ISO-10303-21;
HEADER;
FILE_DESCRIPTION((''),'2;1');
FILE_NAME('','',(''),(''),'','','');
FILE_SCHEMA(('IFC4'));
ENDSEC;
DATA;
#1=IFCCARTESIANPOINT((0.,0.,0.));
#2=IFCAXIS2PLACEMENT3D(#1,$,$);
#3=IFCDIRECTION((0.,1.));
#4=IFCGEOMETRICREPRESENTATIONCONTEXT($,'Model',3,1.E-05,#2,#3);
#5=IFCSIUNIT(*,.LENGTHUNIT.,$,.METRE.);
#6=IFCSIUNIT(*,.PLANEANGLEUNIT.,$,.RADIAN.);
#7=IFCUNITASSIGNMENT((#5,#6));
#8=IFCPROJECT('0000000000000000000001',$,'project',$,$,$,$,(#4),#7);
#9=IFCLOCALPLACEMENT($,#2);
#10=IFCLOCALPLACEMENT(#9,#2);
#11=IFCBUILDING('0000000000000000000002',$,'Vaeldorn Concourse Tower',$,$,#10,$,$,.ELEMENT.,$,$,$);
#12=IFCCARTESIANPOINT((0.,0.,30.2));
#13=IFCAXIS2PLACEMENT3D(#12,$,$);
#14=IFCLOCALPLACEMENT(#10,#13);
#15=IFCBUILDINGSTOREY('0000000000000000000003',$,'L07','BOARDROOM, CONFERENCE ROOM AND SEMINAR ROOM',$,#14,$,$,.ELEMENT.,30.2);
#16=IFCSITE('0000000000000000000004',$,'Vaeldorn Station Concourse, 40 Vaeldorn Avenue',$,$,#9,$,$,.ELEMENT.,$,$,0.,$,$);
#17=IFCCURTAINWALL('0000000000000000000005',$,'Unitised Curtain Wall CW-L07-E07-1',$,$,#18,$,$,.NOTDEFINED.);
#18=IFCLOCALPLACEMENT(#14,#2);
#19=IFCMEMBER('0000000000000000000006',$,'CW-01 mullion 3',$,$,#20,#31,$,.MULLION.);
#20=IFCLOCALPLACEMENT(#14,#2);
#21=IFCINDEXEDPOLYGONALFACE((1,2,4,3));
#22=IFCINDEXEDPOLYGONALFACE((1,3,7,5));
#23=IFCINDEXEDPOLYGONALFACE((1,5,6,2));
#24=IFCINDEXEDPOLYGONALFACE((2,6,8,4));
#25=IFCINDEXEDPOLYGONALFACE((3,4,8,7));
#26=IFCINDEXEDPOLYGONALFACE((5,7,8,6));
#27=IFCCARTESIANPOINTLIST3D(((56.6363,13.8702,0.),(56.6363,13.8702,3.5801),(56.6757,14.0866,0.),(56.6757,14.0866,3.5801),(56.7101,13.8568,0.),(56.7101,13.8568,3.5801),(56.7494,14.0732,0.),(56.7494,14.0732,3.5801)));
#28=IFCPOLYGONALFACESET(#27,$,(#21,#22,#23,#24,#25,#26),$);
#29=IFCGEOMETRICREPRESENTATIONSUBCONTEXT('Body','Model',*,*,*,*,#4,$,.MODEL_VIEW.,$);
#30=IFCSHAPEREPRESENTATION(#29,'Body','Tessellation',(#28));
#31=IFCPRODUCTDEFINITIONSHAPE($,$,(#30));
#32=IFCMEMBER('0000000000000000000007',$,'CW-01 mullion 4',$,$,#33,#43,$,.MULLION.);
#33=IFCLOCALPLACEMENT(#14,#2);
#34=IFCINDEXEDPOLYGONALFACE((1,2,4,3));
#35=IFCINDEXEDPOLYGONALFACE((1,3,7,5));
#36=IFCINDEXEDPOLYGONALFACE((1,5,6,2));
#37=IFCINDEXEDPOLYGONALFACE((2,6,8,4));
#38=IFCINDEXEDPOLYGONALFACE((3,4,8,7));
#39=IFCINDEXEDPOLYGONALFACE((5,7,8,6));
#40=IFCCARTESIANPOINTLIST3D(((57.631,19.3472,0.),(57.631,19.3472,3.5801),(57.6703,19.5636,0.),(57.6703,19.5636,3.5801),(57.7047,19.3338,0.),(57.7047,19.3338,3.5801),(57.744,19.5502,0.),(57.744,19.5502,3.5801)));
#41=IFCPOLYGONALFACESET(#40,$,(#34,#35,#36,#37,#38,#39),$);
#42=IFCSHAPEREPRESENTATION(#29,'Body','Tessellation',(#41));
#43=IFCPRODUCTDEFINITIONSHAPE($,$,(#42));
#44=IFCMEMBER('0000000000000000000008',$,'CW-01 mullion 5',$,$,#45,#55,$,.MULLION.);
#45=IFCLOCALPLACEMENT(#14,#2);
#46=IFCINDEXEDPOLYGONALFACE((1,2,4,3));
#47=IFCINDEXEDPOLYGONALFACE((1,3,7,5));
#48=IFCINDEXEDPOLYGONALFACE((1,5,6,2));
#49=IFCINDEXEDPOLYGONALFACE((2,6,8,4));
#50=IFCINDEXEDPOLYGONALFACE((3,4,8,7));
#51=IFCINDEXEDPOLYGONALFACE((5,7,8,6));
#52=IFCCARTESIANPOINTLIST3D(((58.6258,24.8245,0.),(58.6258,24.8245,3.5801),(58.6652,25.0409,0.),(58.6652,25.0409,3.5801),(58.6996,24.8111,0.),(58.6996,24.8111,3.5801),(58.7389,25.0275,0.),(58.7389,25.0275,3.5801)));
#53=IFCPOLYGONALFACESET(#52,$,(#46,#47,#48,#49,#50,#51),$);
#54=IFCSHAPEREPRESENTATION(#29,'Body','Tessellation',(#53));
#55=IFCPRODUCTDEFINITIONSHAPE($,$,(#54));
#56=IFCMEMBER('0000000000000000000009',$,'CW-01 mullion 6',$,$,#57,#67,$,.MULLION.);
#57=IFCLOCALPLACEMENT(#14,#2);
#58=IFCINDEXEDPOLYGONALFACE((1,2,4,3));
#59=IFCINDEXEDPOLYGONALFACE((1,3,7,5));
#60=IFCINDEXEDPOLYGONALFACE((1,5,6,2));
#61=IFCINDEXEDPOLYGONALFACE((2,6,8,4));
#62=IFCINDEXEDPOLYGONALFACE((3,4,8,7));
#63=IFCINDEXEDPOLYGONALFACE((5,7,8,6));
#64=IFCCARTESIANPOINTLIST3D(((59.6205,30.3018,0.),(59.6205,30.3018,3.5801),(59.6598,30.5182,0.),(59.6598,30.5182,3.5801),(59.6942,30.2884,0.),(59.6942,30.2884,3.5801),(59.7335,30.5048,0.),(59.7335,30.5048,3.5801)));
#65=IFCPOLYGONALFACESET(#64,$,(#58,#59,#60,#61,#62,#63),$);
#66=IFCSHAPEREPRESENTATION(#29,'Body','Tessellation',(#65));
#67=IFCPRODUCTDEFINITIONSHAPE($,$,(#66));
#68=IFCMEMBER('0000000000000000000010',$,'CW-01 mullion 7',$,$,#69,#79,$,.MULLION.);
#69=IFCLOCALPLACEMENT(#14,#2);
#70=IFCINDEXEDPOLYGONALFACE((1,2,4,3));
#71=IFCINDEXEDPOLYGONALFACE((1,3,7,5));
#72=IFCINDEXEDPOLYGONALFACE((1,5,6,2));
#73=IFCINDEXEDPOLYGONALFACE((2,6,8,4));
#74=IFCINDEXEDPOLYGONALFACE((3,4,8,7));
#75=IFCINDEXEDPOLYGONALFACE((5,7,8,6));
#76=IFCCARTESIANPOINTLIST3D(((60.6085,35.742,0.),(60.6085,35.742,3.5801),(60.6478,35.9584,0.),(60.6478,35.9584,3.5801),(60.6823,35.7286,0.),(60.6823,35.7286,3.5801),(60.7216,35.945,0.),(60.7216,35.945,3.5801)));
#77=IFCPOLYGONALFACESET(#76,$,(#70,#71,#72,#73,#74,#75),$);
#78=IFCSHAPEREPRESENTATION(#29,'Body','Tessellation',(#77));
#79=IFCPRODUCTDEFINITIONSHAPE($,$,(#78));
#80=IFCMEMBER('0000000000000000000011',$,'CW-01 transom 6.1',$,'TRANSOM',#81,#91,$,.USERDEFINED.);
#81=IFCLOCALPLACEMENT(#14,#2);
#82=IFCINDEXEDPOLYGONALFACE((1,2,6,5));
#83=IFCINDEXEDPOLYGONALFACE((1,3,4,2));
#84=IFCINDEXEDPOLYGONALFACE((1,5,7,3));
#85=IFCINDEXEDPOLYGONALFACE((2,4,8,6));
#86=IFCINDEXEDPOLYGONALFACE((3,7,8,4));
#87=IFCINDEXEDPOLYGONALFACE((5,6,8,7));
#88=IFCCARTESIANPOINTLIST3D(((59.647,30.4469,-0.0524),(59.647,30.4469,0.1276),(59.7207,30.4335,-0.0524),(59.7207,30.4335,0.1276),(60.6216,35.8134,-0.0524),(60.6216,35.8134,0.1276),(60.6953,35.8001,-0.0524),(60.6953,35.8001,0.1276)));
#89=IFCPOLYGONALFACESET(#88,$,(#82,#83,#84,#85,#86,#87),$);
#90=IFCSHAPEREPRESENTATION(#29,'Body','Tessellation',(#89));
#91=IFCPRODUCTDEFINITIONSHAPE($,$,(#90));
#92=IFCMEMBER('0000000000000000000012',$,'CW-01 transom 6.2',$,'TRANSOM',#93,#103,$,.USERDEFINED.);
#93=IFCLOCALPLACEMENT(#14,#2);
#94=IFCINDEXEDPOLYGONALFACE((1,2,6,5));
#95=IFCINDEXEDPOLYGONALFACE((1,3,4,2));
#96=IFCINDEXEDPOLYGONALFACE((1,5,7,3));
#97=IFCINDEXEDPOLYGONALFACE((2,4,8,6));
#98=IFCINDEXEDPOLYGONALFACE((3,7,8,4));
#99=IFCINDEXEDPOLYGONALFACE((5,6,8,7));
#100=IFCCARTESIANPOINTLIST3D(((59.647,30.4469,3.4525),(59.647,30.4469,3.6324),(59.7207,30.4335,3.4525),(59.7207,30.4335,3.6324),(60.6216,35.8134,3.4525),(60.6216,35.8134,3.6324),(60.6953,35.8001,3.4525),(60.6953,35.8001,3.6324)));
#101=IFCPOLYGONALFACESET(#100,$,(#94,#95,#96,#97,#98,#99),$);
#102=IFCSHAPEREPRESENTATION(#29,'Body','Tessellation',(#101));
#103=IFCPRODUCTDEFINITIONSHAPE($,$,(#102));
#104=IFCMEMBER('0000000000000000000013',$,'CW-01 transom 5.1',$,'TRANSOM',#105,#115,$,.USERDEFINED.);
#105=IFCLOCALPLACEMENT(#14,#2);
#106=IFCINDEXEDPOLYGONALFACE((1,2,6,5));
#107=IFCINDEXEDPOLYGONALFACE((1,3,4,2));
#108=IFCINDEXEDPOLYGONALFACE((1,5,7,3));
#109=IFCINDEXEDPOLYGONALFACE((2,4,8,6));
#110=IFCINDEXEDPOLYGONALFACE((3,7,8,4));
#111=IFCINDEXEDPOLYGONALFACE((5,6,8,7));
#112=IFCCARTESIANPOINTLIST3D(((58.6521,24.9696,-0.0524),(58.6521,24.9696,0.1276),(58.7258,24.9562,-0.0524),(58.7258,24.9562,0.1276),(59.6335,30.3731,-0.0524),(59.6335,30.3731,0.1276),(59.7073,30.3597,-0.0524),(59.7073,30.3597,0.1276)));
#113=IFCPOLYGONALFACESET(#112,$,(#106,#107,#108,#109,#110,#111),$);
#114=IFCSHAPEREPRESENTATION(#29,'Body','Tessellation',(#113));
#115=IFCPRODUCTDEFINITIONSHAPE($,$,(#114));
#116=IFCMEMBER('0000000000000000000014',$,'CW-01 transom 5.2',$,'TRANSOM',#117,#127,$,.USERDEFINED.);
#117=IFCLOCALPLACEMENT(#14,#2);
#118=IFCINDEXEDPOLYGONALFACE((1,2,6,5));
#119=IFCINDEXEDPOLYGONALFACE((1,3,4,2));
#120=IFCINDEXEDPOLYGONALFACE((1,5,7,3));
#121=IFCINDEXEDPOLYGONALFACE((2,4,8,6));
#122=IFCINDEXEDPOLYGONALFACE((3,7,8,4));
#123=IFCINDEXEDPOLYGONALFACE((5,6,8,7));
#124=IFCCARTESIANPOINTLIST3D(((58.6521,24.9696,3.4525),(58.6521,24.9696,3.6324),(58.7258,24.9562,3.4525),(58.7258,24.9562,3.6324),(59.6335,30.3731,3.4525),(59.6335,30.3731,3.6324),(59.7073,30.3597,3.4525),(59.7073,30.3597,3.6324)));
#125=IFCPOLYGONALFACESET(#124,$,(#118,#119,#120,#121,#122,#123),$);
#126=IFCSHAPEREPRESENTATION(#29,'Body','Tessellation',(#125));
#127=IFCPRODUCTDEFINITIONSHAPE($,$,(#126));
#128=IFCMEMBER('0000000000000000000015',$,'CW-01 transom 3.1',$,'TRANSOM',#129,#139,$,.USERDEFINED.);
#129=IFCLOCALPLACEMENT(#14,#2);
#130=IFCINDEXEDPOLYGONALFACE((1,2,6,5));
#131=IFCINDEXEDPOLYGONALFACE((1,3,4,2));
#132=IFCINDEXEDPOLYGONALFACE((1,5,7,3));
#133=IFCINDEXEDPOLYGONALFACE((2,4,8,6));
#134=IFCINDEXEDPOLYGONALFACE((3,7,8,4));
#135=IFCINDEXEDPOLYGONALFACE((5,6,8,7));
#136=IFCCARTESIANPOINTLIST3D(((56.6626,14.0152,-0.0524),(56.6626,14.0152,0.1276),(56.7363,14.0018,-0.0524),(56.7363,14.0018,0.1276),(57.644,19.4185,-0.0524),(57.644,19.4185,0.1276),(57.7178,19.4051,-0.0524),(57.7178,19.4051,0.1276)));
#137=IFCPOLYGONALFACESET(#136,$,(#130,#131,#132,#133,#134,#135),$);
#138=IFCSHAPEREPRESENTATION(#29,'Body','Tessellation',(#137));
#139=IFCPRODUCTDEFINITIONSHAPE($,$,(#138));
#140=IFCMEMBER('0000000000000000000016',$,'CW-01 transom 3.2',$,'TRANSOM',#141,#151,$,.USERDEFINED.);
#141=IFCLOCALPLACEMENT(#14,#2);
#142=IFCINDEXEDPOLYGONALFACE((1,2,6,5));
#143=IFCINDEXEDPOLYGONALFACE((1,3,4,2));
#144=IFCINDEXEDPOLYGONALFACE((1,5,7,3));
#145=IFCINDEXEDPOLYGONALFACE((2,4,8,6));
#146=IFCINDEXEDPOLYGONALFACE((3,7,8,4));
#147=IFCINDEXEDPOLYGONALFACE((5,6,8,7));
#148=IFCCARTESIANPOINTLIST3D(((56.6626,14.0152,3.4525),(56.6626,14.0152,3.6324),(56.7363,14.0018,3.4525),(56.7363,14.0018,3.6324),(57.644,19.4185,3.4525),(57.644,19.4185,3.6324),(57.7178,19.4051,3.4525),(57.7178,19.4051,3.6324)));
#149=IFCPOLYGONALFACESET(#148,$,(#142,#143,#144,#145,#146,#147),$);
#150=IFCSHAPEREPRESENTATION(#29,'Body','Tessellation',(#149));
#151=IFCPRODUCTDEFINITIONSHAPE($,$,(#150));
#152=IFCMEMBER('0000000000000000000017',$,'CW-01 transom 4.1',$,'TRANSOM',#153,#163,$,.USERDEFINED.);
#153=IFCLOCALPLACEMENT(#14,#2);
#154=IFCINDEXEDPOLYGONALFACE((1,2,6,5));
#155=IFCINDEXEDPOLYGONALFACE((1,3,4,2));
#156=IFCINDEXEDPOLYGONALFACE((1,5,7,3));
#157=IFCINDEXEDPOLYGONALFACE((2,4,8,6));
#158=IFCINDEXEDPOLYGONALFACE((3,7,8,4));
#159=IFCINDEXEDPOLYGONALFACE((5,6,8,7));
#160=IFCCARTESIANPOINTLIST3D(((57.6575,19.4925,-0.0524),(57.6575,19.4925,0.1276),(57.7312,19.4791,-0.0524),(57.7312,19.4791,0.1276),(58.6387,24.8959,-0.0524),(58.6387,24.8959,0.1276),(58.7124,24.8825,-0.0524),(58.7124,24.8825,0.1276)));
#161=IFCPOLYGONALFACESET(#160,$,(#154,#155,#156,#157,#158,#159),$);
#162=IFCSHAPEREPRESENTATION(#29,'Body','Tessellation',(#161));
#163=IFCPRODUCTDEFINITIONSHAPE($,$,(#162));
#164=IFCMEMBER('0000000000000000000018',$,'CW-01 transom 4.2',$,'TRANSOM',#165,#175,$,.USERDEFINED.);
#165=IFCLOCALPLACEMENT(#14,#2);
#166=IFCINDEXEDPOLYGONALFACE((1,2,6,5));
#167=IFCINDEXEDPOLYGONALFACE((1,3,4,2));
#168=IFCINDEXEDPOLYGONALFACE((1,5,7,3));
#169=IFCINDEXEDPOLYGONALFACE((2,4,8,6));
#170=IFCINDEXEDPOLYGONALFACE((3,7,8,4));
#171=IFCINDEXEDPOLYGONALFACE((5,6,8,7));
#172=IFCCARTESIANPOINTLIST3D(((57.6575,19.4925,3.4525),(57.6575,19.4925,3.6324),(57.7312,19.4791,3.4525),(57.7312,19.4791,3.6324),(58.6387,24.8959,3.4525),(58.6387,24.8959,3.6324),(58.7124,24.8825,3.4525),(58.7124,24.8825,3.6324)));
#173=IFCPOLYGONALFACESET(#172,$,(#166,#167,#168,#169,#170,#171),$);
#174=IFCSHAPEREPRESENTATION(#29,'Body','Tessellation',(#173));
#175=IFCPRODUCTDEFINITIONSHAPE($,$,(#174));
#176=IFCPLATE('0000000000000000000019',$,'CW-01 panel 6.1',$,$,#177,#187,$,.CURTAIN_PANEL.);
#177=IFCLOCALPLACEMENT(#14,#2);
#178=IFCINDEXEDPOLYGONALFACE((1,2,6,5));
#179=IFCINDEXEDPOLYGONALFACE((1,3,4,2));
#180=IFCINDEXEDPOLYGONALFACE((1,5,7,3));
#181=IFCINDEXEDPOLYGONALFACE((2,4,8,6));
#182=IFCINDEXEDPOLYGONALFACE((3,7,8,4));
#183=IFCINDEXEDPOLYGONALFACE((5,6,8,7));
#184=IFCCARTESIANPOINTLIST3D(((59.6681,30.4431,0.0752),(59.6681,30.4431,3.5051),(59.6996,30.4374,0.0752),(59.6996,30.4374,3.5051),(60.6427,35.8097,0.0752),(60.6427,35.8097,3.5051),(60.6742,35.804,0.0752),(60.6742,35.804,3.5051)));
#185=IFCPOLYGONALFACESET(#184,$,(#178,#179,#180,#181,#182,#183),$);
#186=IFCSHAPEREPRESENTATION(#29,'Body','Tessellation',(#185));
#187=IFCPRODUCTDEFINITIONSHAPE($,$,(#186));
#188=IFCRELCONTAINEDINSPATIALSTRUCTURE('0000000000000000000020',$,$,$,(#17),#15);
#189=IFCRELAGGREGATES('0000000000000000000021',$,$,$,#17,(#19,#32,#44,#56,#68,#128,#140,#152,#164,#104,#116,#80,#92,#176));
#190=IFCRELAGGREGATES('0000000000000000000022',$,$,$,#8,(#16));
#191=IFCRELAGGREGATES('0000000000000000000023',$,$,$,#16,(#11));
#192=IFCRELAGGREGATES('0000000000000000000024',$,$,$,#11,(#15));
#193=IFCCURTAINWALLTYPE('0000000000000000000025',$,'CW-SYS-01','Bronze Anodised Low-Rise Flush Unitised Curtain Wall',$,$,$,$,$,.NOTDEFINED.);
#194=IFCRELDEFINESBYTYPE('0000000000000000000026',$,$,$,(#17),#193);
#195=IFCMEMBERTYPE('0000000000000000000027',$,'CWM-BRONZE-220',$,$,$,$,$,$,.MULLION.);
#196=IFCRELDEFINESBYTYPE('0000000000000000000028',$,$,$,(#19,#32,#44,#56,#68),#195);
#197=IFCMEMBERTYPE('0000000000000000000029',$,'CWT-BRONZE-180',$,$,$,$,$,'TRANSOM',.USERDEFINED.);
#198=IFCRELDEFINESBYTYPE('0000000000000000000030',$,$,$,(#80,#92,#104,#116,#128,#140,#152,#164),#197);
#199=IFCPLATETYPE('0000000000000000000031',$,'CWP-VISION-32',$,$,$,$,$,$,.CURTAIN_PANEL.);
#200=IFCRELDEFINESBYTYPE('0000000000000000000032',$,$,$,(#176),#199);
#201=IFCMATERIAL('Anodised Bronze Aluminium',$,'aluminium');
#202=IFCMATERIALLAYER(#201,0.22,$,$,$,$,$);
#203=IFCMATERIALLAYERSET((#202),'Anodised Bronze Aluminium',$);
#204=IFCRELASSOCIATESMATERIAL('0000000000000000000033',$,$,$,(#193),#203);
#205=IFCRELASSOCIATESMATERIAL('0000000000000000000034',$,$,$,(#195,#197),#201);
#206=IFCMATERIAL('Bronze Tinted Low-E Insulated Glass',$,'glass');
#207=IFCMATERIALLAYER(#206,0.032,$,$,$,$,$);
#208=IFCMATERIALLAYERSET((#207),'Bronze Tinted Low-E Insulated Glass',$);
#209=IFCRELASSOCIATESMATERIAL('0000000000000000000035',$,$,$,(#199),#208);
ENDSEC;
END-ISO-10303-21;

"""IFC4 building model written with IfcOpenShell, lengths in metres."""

from ifc_helpers import new_model, si_unit, direction, frame, origin, origin_2d, place, context, subcontext, project, spatial, rectangle, extrude, source, transform, mapped, material, layer, layer_set, material_profile, profile_set, type_object, element, aggregate, save


model = new_model("IFC4")

# Units and contexts
model_context = context("Model", 3, precision=1e-05, world=origin(), true_north=direction((0.0, 1.0)))
body_context = subcontext(model_context, "Body", "Model", "MODEL_VIEW")
ifc_project = project(units=[si_unit("LENGTHUNIT", "METRE"), si_unit("PLANEANGLEUNIT", "RADIAN")], contexts=[model_context])

# Site, building, storey
site_placement = place(None, origin())
site = spatial("IfcSite", under=ifc_project, at=site_placement, Name="Vaeldorn Station Concourse, 40 Vaeldorn Avenue", CompositionType="ELEMENT", RefElevation=0.0)
building_placement = place(site_placement, origin())
building = spatial("IfcBuilding", under=site, at=building_placement, Name="Vaeldorn Concourse Tower", CompositionType="ELEMENT")
storey_placement = place(building_placement, frame((0.0, 0.0, 30.2)))
storey = spatial("IfcBuildingStorey", under=building, at=storey_placement, Name="L07", Description="BOARDROOM, CONFERENCE ROOM AND SEMINAR ROOM", CompositionType="ELEMENT", Elevation=30.2)

# Curtain wall, members, plate
ifc_material_1 = material(Name="Anodised Bronze Aluminium", Category="aluminium")
ifc_layer_1 = layer(ifc_material_1, 0.22)
ifc_layer_set_1 = layer_set([ifc_layer_1], Name="Anodised Bronze Aluminium")
curtain_wall_type = type_object("IfcCurtainWallType", Name="CW-SYS-01", Description="Bronze Anodised Low-Rise Flush Unitised Curtain Wall", PredefinedType="NOTDEFINED", material=ifc_layer_set_1)
curtain_wall_placement = place(storey_placement, origin())
curtain_wall = element("IfcCurtainWall", 1, at=curtain_wall_placement, inside=storey, type_object=curtain_wall_type, Name="Unitised Curtain Wall CW-L07-E07-1", PredefinedType="NOTDEFINED")
ifc_material_profile_1 = material_profile(ifc_material_1, rectangle(XDim=0.075, YDim=0.22, at=origin_2d()), Name="CWM 75x220")
ifc_profile_set_1 = profile_set([ifc_material_profile_1], Name="Anodised Bronze Aluminium")
member_type_1 = type_object("IfcMemberType", Name="CWM-BRONZE-220", PredefinedType="MULLION", material=ifc_profile_set_1)
shared_shape_1 = source(origin(), body_context, "Body", "SweptSolid", [
    extrude(rectangle(XDim=0.075, YDim=0.22, at=origin_2d()), origin(), (0.0, 0.0, 1.0), 3.5801),
])
member_1_placement = place(storey_placement, frame((56.6929, 13.9717, 0.0), z_axis=(0.0, 0.0, 1.0), x_axis=(-0.983905, 0.178693, 0.0)))
member_1 = element("IfcMember", 2, at=member_1_placement, type_object=member_type_1, Name="CW-01 mullion 3", PredefinedType="MULLION", context=body_context, shape_type="MappedRepresentation", body=[
    mapped(shared_shape_1, transform((0.0, 0.0, 0.0), scale=1.0)),
])
member_2_placement = place(storey_placement, frame((57.6875, 19.4487, 0.0), z_axis=(0.0, 0.0, 1.0), x_axis=(-0.983905, 0.178693, 0.0)))
member_2 = element("IfcMember", 3, at=member_2_placement, type_object=member_type_1, Name="CW-01 mullion 4", PredefinedType="MULLION", context=body_context, shape_type="MappedRepresentation", body=[
    mapped(shared_shape_1, transform((0.0, 0.0, 0.0), scale=1.0)),
])
member_3_placement = place(storey_placement, frame((58.6824, 24.926, 0.0), z_axis=(0.0, 0.0, 1.0), x_axis=(-0.983905, 0.178693, 0.0)))
member_3 = element("IfcMember", 4, at=member_3_placement, type_object=member_type_1, Name="CW-01 mullion 5", PredefinedType="MULLION", context=body_context, shape_type="MappedRepresentation", body=[
    mapped(shared_shape_1, transform((0.0, 0.0, 0.0), scale=1.0)),
])
member_4_placement = place(storey_placement, frame((59.677, 30.4033, 0.0), z_axis=(0.0, 0.0, 1.0), x_axis=(-0.983905, 0.178693, 0.0)))
member_4 = element("IfcMember", 5, at=member_4_placement, type_object=member_type_1, Name="CW-01 mullion 6", PredefinedType="MULLION", context=body_context, shape_type="MappedRepresentation", body=[
    mapped(shared_shape_1, transform((0.0, 0.0, 0.0), scale=1.0)),
])
member_5_placement = place(storey_placement, frame((60.665, 35.8435, 0.0), z_axis=(0.0, 0.0, 1.0), x_axis=(-0.983905, 0.178693, 0.0)))
member_5 = element("IfcMember", 6, at=member_5_placement, type_object=member_type_1, Name="CW-01 mullion 7", PredefinedType="MULLION", context=body_context, shape_type="MappedRepresentation", body=[
    mapped(shared_shape_1, transform((0.0, 0.0, 0.0), scale=1.0)),
])
ifc_material_profile_2 = material_profile(ifc_material_1, rectangle(XDim=0.075, YDim=0.1799, at=origin_2d()), Name="CWT 75x180")
ifc_profile_set_2 = profile_set([ifc_material_profile_2], Name="Anodised Bronze Aluminium")
member_type_2 = type_object("IfcMemberType", Name="CWT-BRONZE-180", ElementType="TRANSOM", PredefinedType="USERDEFINED", material=ifc_profile_set_2)
shared_shape_2 = source(origin(), body_context, "Body", "SweptSolid", [
    extrude(rectangle(XDim=0.075, YDim=0.1799, at=origin_2d()), origin(), (0.0, 0.0, 1.0), 5.4543),
])
member_6_placement = place(storey_placement, frame((59.6838, 30.4402, 0.0376), z_axis=(0.178688, 0.983906, 0.0), x_axis=(-0.983906, 0.178688, 0.0)))
member_6 = element("IfcMember", 7, at=member_6_placement, type_object=member_type_2, Name="CW-01 transom 6.1", ObjectType="TRANSOM", PredefinedType="USERDEFINED", context=body_context, shape_type="MappedRepresentation", body=[
    mapped(shared_shape_2, transform((0.0, 0.0, 0.0), scale=1.0)),
])
member_7_placement = place(storey_placement, frame((59.6838, 30.4402, 3.5425), z_axis=(0.178688, 0.983906, 0.0), x_axis=(-0.983906, 0.178688, 0.0)))
member_7 = element("IfcMember", 8, at=member_7_placement, type_object=member_type_2, Name="CW-01 transom 6.2", ObjectType="TRANSOM", PredefinedType="USERDEFINED", context=body_context, shape_type="MappedRepresentation", body=[
    mapped(shared_shape_2, transform((0.0, 0.0, 0.0), scale=1.0)),
])
shared_shape_3 = source(origin(), body_context, "Body", "SweptSolid", [
    extrude(rectangle(XDim=0.075, YDim=0.1799, at=origin_2d()), origin(), (0.0, 0.0, 1.0), 5.4919),
])
member_8_placement = place(storey_placement, frame((58.689, 24.9629, 0.0376), z_axis=(0.178705, 0.983903, 0.0), x_axis=(-0.983903, 0.178705, 0.0)))
member_8 = element("IfcMember", 9, at=member_8_placement, type_object=member_type_2, Name="CW-01 transom 5.1", ObjectType="TRANSOM", PredefinedType="USERDEFINED", context=body_context, shape_type="MappedRepresentation", body=[
    mapped(shared_shape_3, transform((0.0, 0.0, 0.0), scale=1.0)),
])
member_9_placement = place(storey_placement, frame((58.689, 24.9629, 3.5425), z_axis=(0.178705, 0.983903, 0.0), x_axis=(-0.983903, 0.178705, 0.0)))
member_9 = element("IfcMember", 10, at=member_9_placement, type_object=member_type_2, Name="CW-01 transom 5.2", ObjectType="TRANSOM", PredefinedType="USERDEFINED", context=body_context, shape_type="MappedRepresentation", body=[
    mapped(shared_shape_3, transform((0.0, 0.0, 0.0), scale=1.0)),
])
shared_shape_4 = source(origin(), body_context, "Body", "SweptSolid", [
    extrude(rectangle(XDim=0.075, YDim=0.1799, at=origin_2d()), origin(), (0.0, 0.0, 1.0), 5.4917),
])
member_10_placement = place(storey_placement, frame((56.6995, 14.0085, 0.0376), z_axis=(0.178713, 0.983901, 0.0), x_axis=(-0.983901, 0.178713, 0.0)))
member_10 = element("IfcMember", 11, at=member_10_placement, type_object=member_type_2, Name="CW-01 transom 3.1", ObjectType="TRANSOM", PredefinedType="USERDEFINED", context=body_context, shape_type="MappedRepresentation", body=[
    mapped(shared_shape_4, transform((0.0, 0.0, 0.0), scale=1.0)),
])
member_11_placement = place(storey_placement, frame((56.6995, 14.0085, 3.5425), z_axis=(0.178713, 0.983901, 0.0), x_axis=(-0.983901, 0.178713, 0.0)))
member_11 = element("IfcMember", 12, at=member_11_placement, type_object=member_type_2, Name="CW-01 transom 3.2", ObjectType="TRANSOM", PredefinedType="USERDEFINED", context=body_context, shape_type="MappedRepresentation", body=[
    mapped(shared_shape_4, transform((0.0, 0.0, 0.0), scale=1.0)),
])
member_12_placement = place(storey_placement, frame((57.6943, 19.4858, 0.0376), z_axis=(0.17867, 0.983909, 0.0), x_axis=(-0.983909, 0.17867, 0.0)))
member_12 = element("IfcMember", 13, at=member_12_placement, type_object=member_type_2, Name="CW-01 transom 4.1", ObjectType="TRANSOM", PredefinedType="USERDEFINED", context=body_context, shape_type="MappedRepresentation", body=[
    mapped(shared_shape_4, transform((0.0, 0.0, 0.0), scale=1.0)),
])
member_13_placement = place(storey_placement, frame((57.6943, 19.4858, 3.5425), z_axis=(0.17867, 0.983909, 0.0), x_axis=(-0.983909, 0.17867, 0.0)))
member_13 = element("IfcMember", 14, at=member_13_placement, type_object=member_type_2, Name="CW-01 transom 4.2", ObjectType="TRANSOM", PredefinedType="USERDEFINED", context=body_context, shape_type="MappedRepresentation", body=[
    mapped(shared_shape_4, transform((0.0, 0.0, 0.0), scale=1.0)),
])
ifc_material_2 = material(Name="Bronze Tinted Low-E Insulated Glass", Category="glass")
ifc_layer_2 = layer(ifc_material_2, 0.032)
ifc_layer_set_2 = layer_set([ifc_layer_2], Name="Bronze Tinted Low-E Insulated Glass")
plate_type = type_object("IfcPlateType", Name="CWP-VISION-32", PredefinedType="CURTAIN_PANEL", material=ifc_layer_set_2)
shared_shape_5 = source(origin(), body_context, "Body", "SweptSolid", [
    extrude(rectangle(XDim=5.4543, YDim=0.032, at=origin_2d()), origin(), (0.0, 0.0, 1.0), 3.4299),
])
plate_1_placement = place(storey_placement, frame((60.1711, 33.1235, 0.0752), z_axis=(0.0, 0.0, 1.0), x_axis=(0.178693, 0.983905, 0.0)))
plate_1 = element("IfcPlate", 15, at=plate_1_placement, type_object=plate_type, Name="CW-01 panel 6.1", PredefinedType="CURTAIN_PANEL", context=body_context, shape_type="MappedRepresentation", body=[
    mapped(shared_shape_5, transform((0.0, 0.0, 0.0), scale=1.0)),
])
aggregate(curtain_wall, [member_1, member_2, member_3, member_4, member_5, member_10, member_11, member_12, member_13, member_8, member_9, member_6, member_7, plate_1])

save(model, "model.ifc")
